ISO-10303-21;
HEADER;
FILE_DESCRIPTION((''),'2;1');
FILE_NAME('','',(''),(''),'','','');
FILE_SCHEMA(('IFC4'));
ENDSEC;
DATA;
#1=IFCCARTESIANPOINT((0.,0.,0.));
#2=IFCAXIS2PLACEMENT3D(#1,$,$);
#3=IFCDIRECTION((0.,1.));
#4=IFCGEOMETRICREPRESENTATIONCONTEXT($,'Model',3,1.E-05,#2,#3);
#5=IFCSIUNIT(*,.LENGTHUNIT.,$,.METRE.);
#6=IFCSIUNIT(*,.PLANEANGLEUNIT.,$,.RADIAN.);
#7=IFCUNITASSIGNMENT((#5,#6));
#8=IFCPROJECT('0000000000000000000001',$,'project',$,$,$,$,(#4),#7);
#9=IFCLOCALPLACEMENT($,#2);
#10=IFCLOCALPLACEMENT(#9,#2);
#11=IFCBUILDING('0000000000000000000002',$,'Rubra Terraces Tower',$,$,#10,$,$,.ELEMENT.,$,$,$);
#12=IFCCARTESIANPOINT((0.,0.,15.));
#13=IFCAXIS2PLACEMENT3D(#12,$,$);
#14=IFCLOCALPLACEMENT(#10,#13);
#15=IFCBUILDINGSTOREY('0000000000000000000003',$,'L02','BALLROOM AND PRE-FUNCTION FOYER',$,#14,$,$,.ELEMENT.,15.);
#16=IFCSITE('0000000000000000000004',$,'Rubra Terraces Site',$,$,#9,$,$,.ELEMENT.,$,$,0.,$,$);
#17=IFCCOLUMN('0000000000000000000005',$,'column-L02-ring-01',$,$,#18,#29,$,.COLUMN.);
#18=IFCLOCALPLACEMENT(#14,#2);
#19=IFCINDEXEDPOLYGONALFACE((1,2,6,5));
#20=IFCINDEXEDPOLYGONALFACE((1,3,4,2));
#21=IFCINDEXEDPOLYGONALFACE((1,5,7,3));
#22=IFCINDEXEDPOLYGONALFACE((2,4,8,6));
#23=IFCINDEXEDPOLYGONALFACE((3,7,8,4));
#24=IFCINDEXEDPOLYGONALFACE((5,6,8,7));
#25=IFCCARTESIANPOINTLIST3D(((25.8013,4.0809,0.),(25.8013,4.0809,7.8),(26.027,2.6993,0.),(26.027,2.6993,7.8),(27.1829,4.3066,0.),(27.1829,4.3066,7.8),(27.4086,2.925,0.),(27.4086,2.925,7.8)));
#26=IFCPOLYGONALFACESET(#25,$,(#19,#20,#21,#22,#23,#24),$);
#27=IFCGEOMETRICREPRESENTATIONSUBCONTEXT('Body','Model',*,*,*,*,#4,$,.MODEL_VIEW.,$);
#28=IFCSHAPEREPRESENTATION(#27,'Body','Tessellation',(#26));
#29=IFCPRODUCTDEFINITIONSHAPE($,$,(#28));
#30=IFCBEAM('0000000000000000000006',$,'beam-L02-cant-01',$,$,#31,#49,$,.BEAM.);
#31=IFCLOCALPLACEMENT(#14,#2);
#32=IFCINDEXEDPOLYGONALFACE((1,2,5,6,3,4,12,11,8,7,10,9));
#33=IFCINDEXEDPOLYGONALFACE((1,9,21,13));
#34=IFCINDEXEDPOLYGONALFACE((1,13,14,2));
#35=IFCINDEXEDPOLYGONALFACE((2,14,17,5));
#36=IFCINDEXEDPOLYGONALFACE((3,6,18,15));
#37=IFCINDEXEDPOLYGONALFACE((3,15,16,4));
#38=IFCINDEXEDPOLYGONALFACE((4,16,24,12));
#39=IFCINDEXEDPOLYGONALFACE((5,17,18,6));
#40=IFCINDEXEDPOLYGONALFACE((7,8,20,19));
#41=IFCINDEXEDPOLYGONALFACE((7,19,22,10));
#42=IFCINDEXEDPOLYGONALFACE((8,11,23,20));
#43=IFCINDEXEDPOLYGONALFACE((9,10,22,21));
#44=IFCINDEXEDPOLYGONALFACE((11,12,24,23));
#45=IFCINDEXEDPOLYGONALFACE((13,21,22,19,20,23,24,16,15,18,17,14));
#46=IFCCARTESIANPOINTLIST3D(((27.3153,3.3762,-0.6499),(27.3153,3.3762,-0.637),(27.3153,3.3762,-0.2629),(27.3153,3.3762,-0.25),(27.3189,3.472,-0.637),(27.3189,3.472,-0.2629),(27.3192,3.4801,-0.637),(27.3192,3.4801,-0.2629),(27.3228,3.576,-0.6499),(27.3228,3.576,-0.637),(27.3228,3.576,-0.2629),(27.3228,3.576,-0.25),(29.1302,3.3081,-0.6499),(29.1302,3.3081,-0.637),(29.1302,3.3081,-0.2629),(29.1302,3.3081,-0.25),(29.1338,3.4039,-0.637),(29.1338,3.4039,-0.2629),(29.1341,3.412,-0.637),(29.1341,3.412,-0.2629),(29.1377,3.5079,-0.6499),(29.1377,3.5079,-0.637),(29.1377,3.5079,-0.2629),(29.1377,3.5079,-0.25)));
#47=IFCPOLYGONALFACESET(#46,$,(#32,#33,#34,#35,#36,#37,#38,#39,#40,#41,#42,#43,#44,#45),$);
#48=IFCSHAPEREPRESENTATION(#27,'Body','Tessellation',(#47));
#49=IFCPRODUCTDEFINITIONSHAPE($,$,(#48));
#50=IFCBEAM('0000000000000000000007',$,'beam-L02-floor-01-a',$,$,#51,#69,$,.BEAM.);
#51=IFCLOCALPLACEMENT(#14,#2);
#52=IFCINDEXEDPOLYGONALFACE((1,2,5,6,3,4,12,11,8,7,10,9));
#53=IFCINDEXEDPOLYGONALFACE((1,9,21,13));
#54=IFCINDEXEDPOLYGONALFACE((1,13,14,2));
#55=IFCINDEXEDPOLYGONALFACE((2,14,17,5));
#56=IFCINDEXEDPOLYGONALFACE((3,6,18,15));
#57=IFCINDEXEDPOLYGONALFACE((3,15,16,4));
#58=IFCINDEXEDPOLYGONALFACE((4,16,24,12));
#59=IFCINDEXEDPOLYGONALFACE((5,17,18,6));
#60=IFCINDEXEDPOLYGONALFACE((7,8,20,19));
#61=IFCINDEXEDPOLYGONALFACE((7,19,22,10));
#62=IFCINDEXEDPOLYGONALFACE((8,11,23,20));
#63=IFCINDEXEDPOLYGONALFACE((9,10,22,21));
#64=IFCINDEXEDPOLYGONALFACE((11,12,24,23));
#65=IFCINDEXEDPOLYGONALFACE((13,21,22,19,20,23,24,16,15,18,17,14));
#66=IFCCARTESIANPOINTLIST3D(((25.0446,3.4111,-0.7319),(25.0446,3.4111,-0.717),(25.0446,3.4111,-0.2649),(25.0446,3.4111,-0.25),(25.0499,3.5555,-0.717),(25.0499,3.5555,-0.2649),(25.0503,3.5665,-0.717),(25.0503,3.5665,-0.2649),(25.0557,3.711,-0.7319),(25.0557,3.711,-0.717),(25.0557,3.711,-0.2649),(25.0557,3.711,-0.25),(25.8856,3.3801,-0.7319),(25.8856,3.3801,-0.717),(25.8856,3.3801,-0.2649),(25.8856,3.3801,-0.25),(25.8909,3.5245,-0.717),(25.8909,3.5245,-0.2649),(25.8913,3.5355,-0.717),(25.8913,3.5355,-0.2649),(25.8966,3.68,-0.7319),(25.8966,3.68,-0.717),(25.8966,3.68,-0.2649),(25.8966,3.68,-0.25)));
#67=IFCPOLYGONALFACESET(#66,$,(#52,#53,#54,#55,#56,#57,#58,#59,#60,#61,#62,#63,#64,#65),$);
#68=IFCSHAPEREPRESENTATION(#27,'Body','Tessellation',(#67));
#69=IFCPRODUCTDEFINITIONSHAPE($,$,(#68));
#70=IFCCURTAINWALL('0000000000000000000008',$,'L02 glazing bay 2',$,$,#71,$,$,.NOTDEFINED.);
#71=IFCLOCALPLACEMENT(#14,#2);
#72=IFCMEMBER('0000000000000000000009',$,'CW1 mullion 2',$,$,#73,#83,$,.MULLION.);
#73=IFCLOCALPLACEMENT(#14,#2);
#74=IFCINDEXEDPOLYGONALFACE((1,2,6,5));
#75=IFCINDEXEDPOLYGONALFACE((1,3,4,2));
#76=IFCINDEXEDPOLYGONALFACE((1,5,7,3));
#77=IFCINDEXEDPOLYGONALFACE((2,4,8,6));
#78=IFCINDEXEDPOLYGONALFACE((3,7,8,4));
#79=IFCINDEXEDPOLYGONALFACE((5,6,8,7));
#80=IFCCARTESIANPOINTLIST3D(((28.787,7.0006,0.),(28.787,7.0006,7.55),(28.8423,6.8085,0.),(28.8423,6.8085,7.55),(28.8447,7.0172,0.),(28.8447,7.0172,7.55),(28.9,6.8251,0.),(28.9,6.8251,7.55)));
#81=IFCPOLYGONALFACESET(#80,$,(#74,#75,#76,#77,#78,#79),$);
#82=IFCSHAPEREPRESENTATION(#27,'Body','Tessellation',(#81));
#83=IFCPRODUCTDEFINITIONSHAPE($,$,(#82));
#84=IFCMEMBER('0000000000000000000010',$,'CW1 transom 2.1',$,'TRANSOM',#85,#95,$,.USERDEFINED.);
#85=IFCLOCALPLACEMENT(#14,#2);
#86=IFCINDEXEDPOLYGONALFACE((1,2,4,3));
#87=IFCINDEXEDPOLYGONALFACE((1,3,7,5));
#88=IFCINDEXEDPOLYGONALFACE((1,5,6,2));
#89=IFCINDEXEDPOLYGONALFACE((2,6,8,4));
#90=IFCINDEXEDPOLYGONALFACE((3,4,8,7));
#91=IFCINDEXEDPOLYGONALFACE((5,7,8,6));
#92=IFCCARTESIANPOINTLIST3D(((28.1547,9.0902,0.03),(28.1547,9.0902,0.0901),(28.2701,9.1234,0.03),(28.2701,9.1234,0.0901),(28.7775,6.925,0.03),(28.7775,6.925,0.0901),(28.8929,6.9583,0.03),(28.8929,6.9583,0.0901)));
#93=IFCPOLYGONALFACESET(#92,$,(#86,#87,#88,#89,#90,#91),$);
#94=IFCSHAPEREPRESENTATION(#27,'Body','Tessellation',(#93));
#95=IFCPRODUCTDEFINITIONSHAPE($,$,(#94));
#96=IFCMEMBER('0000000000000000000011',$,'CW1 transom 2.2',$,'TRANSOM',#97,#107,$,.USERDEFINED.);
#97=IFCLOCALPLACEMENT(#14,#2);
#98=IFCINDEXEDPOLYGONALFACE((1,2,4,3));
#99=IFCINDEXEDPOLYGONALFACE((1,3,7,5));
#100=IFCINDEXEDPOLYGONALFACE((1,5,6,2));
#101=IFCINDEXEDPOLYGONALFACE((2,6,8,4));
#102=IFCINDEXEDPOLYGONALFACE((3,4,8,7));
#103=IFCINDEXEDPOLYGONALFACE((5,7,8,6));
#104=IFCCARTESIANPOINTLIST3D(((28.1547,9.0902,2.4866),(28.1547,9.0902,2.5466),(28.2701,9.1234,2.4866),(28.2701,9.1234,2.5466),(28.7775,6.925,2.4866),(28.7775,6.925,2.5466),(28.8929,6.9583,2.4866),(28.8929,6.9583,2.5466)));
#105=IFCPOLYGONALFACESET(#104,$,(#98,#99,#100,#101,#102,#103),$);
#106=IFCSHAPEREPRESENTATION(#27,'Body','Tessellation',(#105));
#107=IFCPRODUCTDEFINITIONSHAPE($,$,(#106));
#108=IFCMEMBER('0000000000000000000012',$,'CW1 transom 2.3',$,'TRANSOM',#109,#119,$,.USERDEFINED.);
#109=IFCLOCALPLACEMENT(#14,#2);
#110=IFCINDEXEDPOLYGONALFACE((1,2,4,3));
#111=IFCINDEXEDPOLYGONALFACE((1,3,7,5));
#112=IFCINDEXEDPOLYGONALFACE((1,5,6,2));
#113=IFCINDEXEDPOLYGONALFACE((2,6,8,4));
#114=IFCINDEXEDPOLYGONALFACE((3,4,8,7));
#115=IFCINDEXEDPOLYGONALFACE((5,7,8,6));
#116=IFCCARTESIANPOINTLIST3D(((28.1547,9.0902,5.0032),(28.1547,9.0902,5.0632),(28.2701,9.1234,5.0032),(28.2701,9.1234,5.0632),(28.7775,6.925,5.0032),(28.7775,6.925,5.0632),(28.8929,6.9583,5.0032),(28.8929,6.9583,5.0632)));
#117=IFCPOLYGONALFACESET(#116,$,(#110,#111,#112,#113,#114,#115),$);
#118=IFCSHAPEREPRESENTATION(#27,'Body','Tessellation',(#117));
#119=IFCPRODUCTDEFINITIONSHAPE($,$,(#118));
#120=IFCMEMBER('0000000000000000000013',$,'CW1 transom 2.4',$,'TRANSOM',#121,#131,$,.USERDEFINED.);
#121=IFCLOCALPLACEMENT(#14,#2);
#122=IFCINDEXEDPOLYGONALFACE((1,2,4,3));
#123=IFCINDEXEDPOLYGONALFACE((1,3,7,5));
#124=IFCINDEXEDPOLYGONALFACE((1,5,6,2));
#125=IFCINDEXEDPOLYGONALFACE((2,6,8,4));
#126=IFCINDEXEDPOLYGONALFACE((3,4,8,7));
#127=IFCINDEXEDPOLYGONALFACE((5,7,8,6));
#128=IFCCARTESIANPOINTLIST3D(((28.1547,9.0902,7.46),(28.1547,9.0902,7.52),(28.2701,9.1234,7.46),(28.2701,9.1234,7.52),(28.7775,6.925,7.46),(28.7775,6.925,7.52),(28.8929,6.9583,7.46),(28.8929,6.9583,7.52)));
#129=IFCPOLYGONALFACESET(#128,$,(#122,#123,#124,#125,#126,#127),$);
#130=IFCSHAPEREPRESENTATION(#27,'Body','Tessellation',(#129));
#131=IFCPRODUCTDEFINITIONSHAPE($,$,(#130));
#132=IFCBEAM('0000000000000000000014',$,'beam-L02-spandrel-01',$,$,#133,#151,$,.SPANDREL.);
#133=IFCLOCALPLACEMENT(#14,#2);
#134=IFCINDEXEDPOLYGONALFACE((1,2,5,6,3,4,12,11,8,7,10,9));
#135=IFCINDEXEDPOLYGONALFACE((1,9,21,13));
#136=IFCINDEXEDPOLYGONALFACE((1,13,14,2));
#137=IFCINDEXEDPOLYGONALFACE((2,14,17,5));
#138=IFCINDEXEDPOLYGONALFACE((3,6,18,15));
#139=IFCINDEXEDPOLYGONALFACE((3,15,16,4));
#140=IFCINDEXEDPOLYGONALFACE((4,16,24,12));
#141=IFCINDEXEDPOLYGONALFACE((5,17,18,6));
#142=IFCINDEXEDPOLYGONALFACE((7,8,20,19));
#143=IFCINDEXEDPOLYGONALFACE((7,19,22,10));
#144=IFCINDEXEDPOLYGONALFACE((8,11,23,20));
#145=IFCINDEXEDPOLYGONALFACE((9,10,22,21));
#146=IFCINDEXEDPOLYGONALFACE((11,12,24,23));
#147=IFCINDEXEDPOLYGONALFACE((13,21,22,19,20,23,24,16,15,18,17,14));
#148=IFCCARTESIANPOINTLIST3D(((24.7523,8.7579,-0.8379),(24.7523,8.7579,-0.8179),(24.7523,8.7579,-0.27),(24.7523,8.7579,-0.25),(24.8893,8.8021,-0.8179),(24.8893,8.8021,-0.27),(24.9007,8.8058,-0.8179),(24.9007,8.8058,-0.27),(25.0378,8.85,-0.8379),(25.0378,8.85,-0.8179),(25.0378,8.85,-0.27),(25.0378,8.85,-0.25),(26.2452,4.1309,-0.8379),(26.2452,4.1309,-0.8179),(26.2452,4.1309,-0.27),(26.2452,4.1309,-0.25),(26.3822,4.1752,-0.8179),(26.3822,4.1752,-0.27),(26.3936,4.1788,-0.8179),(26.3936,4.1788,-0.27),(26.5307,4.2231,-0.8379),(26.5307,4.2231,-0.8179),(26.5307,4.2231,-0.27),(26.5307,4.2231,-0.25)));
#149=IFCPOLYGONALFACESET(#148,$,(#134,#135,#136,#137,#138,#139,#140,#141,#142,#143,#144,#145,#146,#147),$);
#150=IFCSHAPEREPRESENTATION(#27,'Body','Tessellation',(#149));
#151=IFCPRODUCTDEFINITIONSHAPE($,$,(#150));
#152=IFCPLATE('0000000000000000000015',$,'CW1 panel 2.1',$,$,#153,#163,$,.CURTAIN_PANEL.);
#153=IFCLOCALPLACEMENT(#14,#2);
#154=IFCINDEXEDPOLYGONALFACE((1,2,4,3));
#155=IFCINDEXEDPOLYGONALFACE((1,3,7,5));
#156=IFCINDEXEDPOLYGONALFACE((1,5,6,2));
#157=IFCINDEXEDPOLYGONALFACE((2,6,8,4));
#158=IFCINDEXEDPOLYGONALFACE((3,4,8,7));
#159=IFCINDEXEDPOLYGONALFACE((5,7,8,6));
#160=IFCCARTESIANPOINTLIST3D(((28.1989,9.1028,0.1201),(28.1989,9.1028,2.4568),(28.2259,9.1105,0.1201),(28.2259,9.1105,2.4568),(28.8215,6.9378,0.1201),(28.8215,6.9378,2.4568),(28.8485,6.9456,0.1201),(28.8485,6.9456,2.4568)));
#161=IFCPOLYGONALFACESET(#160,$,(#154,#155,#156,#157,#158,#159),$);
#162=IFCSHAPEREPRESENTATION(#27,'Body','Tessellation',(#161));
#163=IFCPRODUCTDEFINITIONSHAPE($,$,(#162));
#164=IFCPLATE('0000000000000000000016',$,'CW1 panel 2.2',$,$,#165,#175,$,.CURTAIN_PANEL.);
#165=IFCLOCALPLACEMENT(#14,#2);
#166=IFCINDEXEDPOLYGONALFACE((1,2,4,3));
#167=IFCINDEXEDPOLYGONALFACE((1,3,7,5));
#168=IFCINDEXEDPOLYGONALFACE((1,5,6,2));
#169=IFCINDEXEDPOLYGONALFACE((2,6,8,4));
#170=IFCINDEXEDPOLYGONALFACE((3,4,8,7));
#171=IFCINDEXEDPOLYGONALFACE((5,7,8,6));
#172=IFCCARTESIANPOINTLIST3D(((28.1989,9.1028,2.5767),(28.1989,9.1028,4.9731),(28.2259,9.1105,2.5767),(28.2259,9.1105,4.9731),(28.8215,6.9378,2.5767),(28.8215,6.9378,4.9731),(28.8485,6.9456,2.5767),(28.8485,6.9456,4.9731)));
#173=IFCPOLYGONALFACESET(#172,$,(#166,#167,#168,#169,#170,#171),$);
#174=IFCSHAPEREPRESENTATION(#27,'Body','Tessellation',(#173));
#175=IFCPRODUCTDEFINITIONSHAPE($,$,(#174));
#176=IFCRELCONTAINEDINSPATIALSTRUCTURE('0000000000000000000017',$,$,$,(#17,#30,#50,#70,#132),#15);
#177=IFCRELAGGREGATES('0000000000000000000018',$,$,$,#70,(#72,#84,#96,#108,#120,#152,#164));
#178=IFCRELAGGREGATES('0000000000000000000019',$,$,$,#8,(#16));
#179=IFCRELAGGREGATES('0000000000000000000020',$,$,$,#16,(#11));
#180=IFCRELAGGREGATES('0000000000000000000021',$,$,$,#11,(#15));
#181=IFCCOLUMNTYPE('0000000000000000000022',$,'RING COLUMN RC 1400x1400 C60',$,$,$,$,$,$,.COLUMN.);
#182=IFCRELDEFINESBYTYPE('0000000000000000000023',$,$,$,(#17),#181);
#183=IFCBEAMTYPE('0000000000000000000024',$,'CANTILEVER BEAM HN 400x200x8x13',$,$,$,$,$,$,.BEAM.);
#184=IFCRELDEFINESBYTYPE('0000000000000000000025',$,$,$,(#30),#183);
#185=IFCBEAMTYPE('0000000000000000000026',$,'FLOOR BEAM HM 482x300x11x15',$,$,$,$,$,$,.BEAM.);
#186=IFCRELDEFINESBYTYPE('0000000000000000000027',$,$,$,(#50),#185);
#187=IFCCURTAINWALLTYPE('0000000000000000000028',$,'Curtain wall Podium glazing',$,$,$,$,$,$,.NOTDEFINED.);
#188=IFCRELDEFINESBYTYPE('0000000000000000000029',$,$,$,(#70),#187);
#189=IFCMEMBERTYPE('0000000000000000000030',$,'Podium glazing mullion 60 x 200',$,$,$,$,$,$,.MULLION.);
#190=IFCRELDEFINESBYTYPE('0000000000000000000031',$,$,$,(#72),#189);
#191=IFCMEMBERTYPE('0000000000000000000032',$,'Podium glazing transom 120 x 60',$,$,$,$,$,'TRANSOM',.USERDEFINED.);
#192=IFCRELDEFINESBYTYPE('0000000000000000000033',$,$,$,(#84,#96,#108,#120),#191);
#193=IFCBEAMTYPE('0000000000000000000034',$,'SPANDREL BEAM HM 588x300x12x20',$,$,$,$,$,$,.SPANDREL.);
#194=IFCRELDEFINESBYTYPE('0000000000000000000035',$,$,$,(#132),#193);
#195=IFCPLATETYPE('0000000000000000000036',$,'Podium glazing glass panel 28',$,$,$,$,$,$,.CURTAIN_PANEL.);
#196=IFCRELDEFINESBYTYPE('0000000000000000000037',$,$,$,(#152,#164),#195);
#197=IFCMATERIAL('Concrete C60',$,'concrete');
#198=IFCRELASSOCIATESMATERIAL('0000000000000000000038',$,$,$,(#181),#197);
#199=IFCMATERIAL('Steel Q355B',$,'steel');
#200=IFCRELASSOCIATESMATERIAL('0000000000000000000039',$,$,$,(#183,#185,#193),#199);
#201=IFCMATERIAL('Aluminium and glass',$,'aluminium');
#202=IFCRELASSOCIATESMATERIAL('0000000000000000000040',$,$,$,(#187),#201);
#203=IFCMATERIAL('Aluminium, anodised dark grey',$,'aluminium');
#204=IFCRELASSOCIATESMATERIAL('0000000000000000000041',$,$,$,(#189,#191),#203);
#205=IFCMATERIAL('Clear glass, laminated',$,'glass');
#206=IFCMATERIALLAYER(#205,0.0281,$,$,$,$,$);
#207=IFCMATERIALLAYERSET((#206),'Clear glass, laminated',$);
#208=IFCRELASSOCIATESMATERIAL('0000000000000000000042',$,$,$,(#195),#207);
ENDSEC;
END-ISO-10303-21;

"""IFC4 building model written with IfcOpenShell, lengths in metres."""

from ifc_helpers import new_model, si_unit, direction, frame, origin, origin_2d, place, context, subcontext, project, spatial, rectangle, i_section, extrude, material, layer, layer_set, material_profile, profile_set, type_object, element, aggregate, save


model = new_model("IFC4")

# Units and contexts
model_context = context("Model", 3, precision=1e-05, world=origin(), true_north=direction((0.0, 1.0)))
body_context = subcontext(model_context, "Body", "Model", "MODEL_VIEW")
ifc_project = project(units=[si_unit("LENGTHUNIT", "METRE"), si_unit("PLANEANGLEUNIT", "RADIAN")], contexts=[model_context])

# Site, building, storey
site_placement = place(None, origin())
site = spatial("IfcSite", under=ifc_project, at=site_placement, Name="Rubra Terraces Site", CompositionType="ELEMENT", RefElevation=0.0)
building_placement = place(site_placement, origin())
building = spatial("IfcBuilding", under=site, at=building_placement, Name="Rubra Terraces Tower", CompositionType="ELEMENT")
storey_placement = place(building_placement, frame((0.0, 0.0, 15.0)))
storey = spatial("IfcBuildingStorey", under=building, at=storey_placement, Name="L02", Description="BALLROOM AND PRE-FUNCTION FOYER", CompositionType="ELEMENT", Elevation=15.0)

# Column
ifc_material_1 = material(Name="Concrete C60", Category="concrete")
ifc_material_profile_1 = material_profile(ifc_material_1, rectangle(XDim=1.3999, YDim=1.3999, at=origin_2d()), Name="RC 1400x1400")
ifc_profile_set_1 = profile_set([ifc_material_profile_1], Name="Concrete C60")
column_type = type_object("IfcColumnType", Name="RING COLUMN RC 1400x1400 C60", PredefinedType="COLUMN", material=ifc_profile_set_1)
column_placement = place(storey_placement, frame((26.605, 3.5029, 0.0), z_axis=(0.0, 0.0, 1.0), x_axis=(-0.161234, 0.986916, 0.0)))
element("IfcColumn", 1, at=column_placement, inside=storey, type_object=column_type, Name="column-L02-ring-01", PredefinedType="COLUMN", context=body_context, shape_type="SweptSolid", body=[
    extrude(rectangle(XDim=1.3999, YDim=1.3999, at=origin_2d()), origin(), (0.0, 0.0, 1.0), 7.8),
])

# Beams
ifc_material_2 = material(Name="Steel Q355B", Category="steel")
ifc_material_profile_2 = material_profile(ifc_material_2, i_section(OverallWidth=0.2, OverallDepth=0.3999, WebThickness=0.0081, FlangeThickness=0.0129, at=origin_2d()), Name="HN 400x200x8x13")
ifc_profile_set_2 = profile_set([ifc_material_profile_2], Name="Steel Q355B")
beam_type_1 = type_object("IfcBeamType", Name="CANTILEVER BEAM HN 400x200x8x13", PredefinedType="BEAM", material=ifc_profile_set_2)
beam_1_placement = place(storey_placement, frame((27.3191, 3.4761, -0.45), z_axis=(0.999296, -0.037504, 0.0), x_axis=(0.037504, 0.999296, 0.0)))
element("IfcBeam", 2, at=beam_1_placement, inside=storey, type_object=beam_type_1, Name="beam-L02-cant-01", PredefinedType="BEAM", context=body_context, shape_type="SweptSolid", body=[
    extrude(i_section(OverallWidth=0.2, OverallDepth=0.3999, WebThickness=0.0081, FlangeThickness=0.0129, at=origin_2d()), origin(), (0.0, 0.0, 1.0), 1.8162),
])
ifc_material_profile_3 = material_profile(ifc_material_2, i_section(OverallWidth=0.3, OverallDepth=0.4819, WebThickness=0.011, FlangeThickness=0.0149, at=origin_2d()), Name="HM 482x300x11x15")
ifc_profile_set_3 = profile_set([ifc_material_profile_3], Name="Steel Q355B")
beam_type_2 = type_object("IfcBeamType", Name="FLOOR BEAM HM 482x300x11x15", PredefinedType="BEAM", material=ifc_profile_set_3)
beam_2_placement = place(storey_placement, frame((25.8911, 3.53, -0.491), z_axis=(-0.999321, 0.03684, 0.0), x_axis=(-0.03684, -0.999321, 0.0)))
element("IfcBeam", 3, at=beam_2_placement, inside=storey, type_object=beam_type_2, Name="beam-L02-floor-01-a", PredefinedType="BEAM", context=body_context, shape_type="SweptSolid", body=[
    extrude(i_section(OverallWidth=0.3, OverallDepth=0.4819, WebThickness=0.011, FlangeThickness=0.0149, at=origin_2d()), origin(), (0.0, 0.0, 1.0), 0.8416),
])

# Curtain wall, members
ifc_material_3 = material(Name="Aluminium and glass", Category="aluminium")
curtain_wall_type = type_object("IfcCurtainWallType", Name="Curtain wall Podium glazing", PredefinedType="NOTDEFINED", material=ifc_material_3)
curtain_wall_placement = place(storey_placement, origin())
curtain_wall = element("IfcCurtainWall", 4, at=curtain_wall_placement, inside=storey, type_object=curtain_wall_type, Name="L02 glazing bay 2", PredefinedType="NOTDEFINED")
ifc_material_4 = material(Name="Aluminium, anodised dark grey", Category="aluminium")
ifc_material_profile_4 = material_profile(ifc_material_4, rectangle(XDim=0.0601, YDim=0.2, at=origin_2d()), Name="AL 60x200")
ifc_profile_set_4 = profile_set([ifc_material_profile_4], Name="Aluminium, anodised dark grey")
member_type_1 = type_object("IfcMemberType", Name="Podium glazing mullion 60 x 200", PredefinedType="MULLION", material=ifc_profile_set_4)
member_1_placement = place(storey_placement, frame((28.8435, 6.9128, 0.0), z_axis=(0.0, 0.0, 1.0), x_axis=(-0.961047, -0.276384, 0.0)))
member_1 = element("IfcMember", 5, at=member_1_placement, type_object=member_type_1, Name="CW1 mullion 2", PredefinedType="MULLION", context=body_context, shape_type="SweptSolid", body=[
    extrude(rectangle(XDim=0.0601, YDim=0.2, at=origin_2d()), origin(), (0.0, 0.0, 1.0), 7.55),
])
ifc_material_profile_5 = material_profile(ifc_material_4, rectangle(XDim=0.1201, YDim=0.0601, at=origin_2d()), Name="AL 120x60")
ifc_profile_set_5 = profile_set([ifc_material_profile_5], Name="Aluminium, anodised dark grey")
member_type_2 = type_object("IfcMemberType", Name="Podium glazing transom 120 x 60", ElementType="TRANSOM", PredefinedType="USERDEFINED", material=ifc_profile_set_5)
member_2_placement = place(storey_placement, frame((28.8352, 6.9417, 0.0601), z_axis=(-0.276453, 0.961028, 0.0), x_axis=(-0.961028, -0.276453, 0.0)))
member_2 = element("IfcMember", 6, at=member_2_placement, type_object=member_type_2, Name="CW1 transom 2.1", ObjectType="TRANSOM", PredefinedType="USERDEFINED", context=body_context, shape_type="SweptSolid", body=[
    extrude(rectangle(XDim=0.1201, YDim=0.0601, at=origin_2d()), origin(), (0.0, 0.0, 1.0), 2.2529),
])
member_3_placement = place(storey_placement, frame((28.8352, 6.9417, 2.5166), z_axis=(-0.276453, 0.961028, 0.0), x_axis=(-0.961028, -0.276453, 0.0)))
member_3 = element("IfcMember", 7, at=member_3_placement, type_object=member_type_2, Name="CW1 transom 2.2", ObjectType="TRANSOM", PredefinedType="USERDEFINED", context=body_context, shape_type="SweptSolid", body=[
    extrude(rectangle(XDim=0.1201, YDim=0.0601, at=origin_2d()), origin(), (0.0, 0.0, 1.0), 2.2529),
])
member_4_placement = place(storey_placement, frame((28.8352, 6.9417, 5.0332), z_axis=(-0.276453, 0.961028, 0.0), x_axis=(-0.961028, -0.276453, 0.0)))
member_4 = element("IfcMember", 8, at=member_4_placement, type_object=member_type_2, Name="CW1 transom 2.3", ObjectType="TRANSOM", PredefinedType="USERDEFINED", context=body_context, shape_type="SweptSolid", body=[
    extrude(rectangle(XDim=0.1201, YDim=0.0601, at=origin_2d()), origin(), (0.0, 0.0, 1.0), 2.2529),
])
member_5_placement = place(storey_placement, frame((28.8352, 6.9417, 7.49), z_axis=(-0.276453, 0.961028, 0.0), x_axis=(-0.961028, -0.276453, 0.0)))
member_5 = element("IfcMember", 9, at=member_5_placement, type_object=member_type_2, Name="CW1 transom 2.4", ObjectType="TRANSOM", PredefinedType="USERDEFINED", context=body_context, shape_type="SweptSolid", body=[
    extrude(rectangle(XDim=0.1201, YDim=0.0601, at=origin_2d()), origin(), (0.0, 0.0, 1.0), 2.2529),
])

# Beam
ifc_material_profile_6 = material_profile(ifc_material_2, i_section(OverallWidth=0.3, OverallDepth=0.5879, WebThickness=0.012, FlangeThickness=0.02, at=origin_2d()), Name="HM 588x300x12x20")
ifc_profile_set_6 = profile_set([ifc_material_profile_6], Name="Steel Q355B")
beam_type_3 = type_object("IfcBeamType", Name="SPANDREL BEAM HM 588x300x12x20", PredefinedType="SPANDREL", material=ifc_profile_set_6)
beam_3_placement = place(storey_placement, frame((26.3879, 4.177, -0.5439), z_axis=(-0.307069, 0.951687, 0.0), x_axis=(-0.951687, -0.307069, 0.0)))
element("IfcBeam", 10, at=beam_3_placement, inside=storey, type_object=beam_type_3, Name="beam-L02-spandrel-01", PredefinedType="SPANDREL", context=body_context, shape_type="SweptSolid", body=[
    extrude(i_section(OverallWidth=0.3, OverallDepth=0.5879, WebThickness=0.012, FlangeThickness=0.02, at=origin_2d()), origin(), (0.0, 0.0, 1.0), 4.8618),
])

# Plates
ifc_material_5 = material(Name="Clear glass, laminated", Category="glass")
ifc_layer_1 = layer(ifc_material_5, 0.0281)
ifc_layer_set_1 = layer_set([ifc_layer_1], Name="Clear glass, laminated")
plate_type = type_object("IfcPlateType", Name="Podium glazing glass panel 28", PredefinedType="CURTAIN_PANEL", material=ifc_layer_set_1)
plate_1_placement = place(storey_placement, frame((28.5237, 8.0242, 0.1201), z_axis=(0.0, 0.0, 1.0), x_axis=(-0.276384, 0.961047, 0.0)))
plate_1 = element("IfcPlate", 11, at=plate_1_placement, type_object=plate_type, Name="CW1 panel 2.1", PredefinedType="CURTAIN_PANEL", context=body_context, shape_type="SweptSolid", body=[
    extrude(rectangle(XDim=2.2527, YDim=0.0281, at=origin_2d()), origin(), (0.0, 0.0, 1.0), 2.3367),
])
plate_2_placement = place(storey_placement, frame((28.5237, 8.0242, 2.5767), z_axis=(0.0, 0.0, 1.0), x_axis=(-0.276384, 0.961047, 0.0)))
plate_2 = element("IfcPlate", 12, at=plate_2_placement, type_object=plate_type, Name="CW1 panel 2.2", PredefinedType="CURTAIN_PANEL", context=body_context, shape_type="SweptSolid", body=[
    extrude(rectangle(XDim=2.2527, YDim=0.0281, at=origin_2d()), origin(), (0.0, 0.0, 1.0), 2.3965),
])
aggregate(curtain_wall, [member_1, member_2, member_3, member_4, member_5, plate_1, plate_2])

save(model, "model.ifc")
